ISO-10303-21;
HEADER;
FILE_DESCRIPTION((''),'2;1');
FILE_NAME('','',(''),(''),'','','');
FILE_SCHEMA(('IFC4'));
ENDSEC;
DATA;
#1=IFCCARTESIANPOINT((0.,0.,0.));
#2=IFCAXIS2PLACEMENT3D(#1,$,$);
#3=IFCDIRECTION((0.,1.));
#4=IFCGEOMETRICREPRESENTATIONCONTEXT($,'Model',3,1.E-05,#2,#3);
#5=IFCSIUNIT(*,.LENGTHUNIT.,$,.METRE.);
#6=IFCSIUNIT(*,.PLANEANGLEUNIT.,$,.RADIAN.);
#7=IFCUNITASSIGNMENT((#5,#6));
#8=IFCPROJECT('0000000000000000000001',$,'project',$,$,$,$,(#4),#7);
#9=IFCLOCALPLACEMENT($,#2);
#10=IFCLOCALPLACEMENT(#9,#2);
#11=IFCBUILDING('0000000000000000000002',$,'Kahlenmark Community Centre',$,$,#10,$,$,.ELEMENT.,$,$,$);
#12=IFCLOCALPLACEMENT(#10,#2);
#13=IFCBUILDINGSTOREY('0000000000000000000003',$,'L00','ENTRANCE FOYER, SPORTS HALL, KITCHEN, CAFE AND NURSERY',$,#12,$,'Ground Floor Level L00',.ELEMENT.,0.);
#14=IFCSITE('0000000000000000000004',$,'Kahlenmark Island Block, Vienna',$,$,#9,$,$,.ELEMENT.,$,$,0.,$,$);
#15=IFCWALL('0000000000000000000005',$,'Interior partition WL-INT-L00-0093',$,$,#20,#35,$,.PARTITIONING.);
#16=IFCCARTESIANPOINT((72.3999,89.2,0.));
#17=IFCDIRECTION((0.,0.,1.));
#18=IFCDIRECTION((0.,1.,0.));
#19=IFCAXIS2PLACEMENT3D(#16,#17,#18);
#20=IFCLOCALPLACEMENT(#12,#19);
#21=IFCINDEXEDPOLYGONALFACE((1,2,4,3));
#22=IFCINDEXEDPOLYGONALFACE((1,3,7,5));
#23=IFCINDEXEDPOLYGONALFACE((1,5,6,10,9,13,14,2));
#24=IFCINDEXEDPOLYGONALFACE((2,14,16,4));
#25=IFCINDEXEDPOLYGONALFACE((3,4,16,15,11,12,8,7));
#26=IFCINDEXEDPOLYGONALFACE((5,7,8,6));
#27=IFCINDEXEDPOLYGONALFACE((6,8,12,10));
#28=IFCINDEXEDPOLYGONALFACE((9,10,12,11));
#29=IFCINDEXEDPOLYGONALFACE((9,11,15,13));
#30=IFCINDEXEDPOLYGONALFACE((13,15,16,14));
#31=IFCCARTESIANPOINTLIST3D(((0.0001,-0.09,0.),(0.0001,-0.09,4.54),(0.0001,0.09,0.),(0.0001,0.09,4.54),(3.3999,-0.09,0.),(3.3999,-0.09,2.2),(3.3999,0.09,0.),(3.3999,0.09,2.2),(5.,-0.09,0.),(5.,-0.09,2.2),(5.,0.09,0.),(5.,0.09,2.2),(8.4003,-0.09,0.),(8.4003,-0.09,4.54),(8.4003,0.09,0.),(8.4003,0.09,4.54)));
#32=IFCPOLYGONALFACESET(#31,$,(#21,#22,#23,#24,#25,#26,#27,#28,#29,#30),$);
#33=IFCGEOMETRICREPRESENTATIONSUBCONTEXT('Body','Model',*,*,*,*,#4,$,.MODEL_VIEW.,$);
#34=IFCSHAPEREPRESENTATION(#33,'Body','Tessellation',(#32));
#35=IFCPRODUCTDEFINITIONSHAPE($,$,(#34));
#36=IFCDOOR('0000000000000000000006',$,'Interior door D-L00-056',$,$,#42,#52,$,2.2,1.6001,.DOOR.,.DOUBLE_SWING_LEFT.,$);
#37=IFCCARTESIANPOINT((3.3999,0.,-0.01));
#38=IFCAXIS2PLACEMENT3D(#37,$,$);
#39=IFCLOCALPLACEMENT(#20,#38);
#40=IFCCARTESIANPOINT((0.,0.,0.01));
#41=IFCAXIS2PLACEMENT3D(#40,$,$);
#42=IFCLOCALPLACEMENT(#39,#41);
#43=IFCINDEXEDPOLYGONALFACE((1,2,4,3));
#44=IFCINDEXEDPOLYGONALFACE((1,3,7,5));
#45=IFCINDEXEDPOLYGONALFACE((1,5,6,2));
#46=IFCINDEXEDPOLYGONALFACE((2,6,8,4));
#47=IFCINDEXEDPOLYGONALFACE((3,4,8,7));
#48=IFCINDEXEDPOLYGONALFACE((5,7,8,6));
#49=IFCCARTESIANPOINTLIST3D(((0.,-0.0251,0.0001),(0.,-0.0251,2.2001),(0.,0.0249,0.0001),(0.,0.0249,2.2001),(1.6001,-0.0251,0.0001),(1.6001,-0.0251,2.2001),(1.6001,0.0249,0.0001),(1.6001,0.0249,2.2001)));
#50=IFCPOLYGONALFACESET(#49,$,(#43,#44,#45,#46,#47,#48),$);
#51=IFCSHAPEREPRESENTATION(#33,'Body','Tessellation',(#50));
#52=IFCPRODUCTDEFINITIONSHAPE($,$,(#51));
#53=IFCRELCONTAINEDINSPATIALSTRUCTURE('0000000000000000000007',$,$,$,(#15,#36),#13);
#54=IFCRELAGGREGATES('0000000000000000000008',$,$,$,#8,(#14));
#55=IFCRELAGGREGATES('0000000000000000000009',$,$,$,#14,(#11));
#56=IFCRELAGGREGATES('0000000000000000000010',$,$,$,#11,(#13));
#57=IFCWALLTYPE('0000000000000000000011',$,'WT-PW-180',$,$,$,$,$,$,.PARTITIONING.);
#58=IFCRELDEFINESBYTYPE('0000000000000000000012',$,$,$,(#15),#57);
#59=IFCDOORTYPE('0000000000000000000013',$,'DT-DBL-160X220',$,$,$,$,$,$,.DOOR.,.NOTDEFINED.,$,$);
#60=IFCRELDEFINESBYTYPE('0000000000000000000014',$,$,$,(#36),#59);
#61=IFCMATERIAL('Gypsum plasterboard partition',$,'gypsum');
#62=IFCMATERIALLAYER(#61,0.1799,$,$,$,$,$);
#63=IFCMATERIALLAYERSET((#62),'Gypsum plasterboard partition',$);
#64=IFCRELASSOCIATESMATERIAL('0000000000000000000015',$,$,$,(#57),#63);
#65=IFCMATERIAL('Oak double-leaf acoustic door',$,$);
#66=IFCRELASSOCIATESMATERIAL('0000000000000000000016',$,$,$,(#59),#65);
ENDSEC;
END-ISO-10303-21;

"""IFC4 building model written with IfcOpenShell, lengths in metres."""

from ifc_helpers import new_model, si_unit, direction, frame, frame_2d, origin, place, context, subcontext, project, spatial, rectangle, extrude, material, layer, layer_set, type_object, element, fill, save


model = new_model("IFC4")

# Units and contexts
model_context = context("Model", 3, precision=1e-05, world=origin(), true_north=direction((0.0, 1.0)))
body_context = subcontext(model_context, "Body", "Model", "MODEL_VIEW")
ifc_project = project(units=[si_unit("LENGTHUNIT", "METRE"), si_unit("PLANEANGLEUNIT", "RADIAN")], contexts=[model_context])

# Site, building, storey
site_placement = place(None, origin())
site = spatial("IfcSite", under=ifc_project, at=site_placement, Name="Kahlenmark Island Block, Vienna", CompositionType="ELEMENT", RefElevation=0.0)
building_placement = place(site_placement, origin())
building = spatial("IfcBuilding", under=site, at=building_placement, Name="Kahlenmark Community Centre", CompositionType="ELEMENT")
storey_placement = place(building_placement, origin())
storey = spatial("IfcBuildingStorey", under=building, at=storey_placement, Name="L00", Description="ENTRANCE FOYER, SPORTS HALL, KITCHEN, CAFE AND NURSERY", LongName="Ground Floor Level L00", CompositionType="ELEMENT", Elevation=0.0)

# Wall, opening, door
ifc_material_1 = material(Name="Gypsum plasterboard partition", Category="gypsum")
ifc_layer_1 = layer(ifc_material_1, 0.1799)
ifc_layer_set_1 = layer_set([ifc_layer_1], Name="Gypsum plasterboard partition")
wall_type_1 = type_object("IfcWallType", Name="WT-PW-180", PredefinedType="PARTITIONING", material=ifc_layer_set_1)
wall_1_placement = place(storey_placement, frame((72.3999, 89.2, 0.0), z_axis=(0.0, 0.0, 1.0), x_axis=(0.0, 1.0, 0.0)))
wall_1 = element("IfcWall", 1, at=wall_1_placement, inside=storey, type_object=wall_type_1, Name="Interior partition WL-INT-L00-0093", PredefinedType="PARTITIONING", context=body_context, shape_type="SweptSolid", body=[
    extrude(rectangle(XDim=8.4001, YDim=0.1799, at=frame_2d((4.2002, 0.0))), origin(), (0.0, 0.0, 1.0), 4.54),
])
opening_1_placement = place(wall_1_placement, frame((3.3999, 0.0, -0.01)))
opening_1 = element("IfcOpeningElement", 2, at=opening_1_placement, cuts=wall_1, PredefinedType="OPENING", context=body_context, shape_type="SweptSolid", body=[
    extrude(rectangle(XDim=1.6001, YDim=2.21, at=frame_2d((0.8, 1.105))), frame((0.0, 0.0999, 0.0), z_axis=(0.0, -1.0, 0.0), x_axis=(1.0, 0.0, 0.0)), (0.0, 0.0, 1.0), 0.2),
])
ifc_material_2 = material(Name="Oak double-leaf acoustic door")
door_type_1 = type_object("IfcDoorType", Name="DT-DBL-160X220", OperationType="NOTDEFINED", PredefinedType="DOOR", material=ifc_material_2)
door_1_placement = place(opening_1_placement, frame((0.0, 0.0, 0.01)))
door_1 = element("IfcDoor", 3, at=door_1_placement, inside=storey, type_object=door_type_1, Name="Interior door D-L00-056", OperationType="DOUBLE_SWING_LEFT", OverallHeight=2.2, OverallWidth=1.6001, PredefinedType="DOOR", context=body_context, shape_type="SweptSolid", body=[
    extrude(rectangle(XDim=1.6001, YDim=2.2, at=frame_2d((0.8, 1.1001))), frame((0.0, 0.0249, 0.0), z_axis=(0.0, -1.0, 0.0), x_axis=(1.0, 0.0, 0.0)), (0.0, 0.0, 1.0), 0.05),
])
fill(opening_1, door_1)

save(model, "model.ifc")
